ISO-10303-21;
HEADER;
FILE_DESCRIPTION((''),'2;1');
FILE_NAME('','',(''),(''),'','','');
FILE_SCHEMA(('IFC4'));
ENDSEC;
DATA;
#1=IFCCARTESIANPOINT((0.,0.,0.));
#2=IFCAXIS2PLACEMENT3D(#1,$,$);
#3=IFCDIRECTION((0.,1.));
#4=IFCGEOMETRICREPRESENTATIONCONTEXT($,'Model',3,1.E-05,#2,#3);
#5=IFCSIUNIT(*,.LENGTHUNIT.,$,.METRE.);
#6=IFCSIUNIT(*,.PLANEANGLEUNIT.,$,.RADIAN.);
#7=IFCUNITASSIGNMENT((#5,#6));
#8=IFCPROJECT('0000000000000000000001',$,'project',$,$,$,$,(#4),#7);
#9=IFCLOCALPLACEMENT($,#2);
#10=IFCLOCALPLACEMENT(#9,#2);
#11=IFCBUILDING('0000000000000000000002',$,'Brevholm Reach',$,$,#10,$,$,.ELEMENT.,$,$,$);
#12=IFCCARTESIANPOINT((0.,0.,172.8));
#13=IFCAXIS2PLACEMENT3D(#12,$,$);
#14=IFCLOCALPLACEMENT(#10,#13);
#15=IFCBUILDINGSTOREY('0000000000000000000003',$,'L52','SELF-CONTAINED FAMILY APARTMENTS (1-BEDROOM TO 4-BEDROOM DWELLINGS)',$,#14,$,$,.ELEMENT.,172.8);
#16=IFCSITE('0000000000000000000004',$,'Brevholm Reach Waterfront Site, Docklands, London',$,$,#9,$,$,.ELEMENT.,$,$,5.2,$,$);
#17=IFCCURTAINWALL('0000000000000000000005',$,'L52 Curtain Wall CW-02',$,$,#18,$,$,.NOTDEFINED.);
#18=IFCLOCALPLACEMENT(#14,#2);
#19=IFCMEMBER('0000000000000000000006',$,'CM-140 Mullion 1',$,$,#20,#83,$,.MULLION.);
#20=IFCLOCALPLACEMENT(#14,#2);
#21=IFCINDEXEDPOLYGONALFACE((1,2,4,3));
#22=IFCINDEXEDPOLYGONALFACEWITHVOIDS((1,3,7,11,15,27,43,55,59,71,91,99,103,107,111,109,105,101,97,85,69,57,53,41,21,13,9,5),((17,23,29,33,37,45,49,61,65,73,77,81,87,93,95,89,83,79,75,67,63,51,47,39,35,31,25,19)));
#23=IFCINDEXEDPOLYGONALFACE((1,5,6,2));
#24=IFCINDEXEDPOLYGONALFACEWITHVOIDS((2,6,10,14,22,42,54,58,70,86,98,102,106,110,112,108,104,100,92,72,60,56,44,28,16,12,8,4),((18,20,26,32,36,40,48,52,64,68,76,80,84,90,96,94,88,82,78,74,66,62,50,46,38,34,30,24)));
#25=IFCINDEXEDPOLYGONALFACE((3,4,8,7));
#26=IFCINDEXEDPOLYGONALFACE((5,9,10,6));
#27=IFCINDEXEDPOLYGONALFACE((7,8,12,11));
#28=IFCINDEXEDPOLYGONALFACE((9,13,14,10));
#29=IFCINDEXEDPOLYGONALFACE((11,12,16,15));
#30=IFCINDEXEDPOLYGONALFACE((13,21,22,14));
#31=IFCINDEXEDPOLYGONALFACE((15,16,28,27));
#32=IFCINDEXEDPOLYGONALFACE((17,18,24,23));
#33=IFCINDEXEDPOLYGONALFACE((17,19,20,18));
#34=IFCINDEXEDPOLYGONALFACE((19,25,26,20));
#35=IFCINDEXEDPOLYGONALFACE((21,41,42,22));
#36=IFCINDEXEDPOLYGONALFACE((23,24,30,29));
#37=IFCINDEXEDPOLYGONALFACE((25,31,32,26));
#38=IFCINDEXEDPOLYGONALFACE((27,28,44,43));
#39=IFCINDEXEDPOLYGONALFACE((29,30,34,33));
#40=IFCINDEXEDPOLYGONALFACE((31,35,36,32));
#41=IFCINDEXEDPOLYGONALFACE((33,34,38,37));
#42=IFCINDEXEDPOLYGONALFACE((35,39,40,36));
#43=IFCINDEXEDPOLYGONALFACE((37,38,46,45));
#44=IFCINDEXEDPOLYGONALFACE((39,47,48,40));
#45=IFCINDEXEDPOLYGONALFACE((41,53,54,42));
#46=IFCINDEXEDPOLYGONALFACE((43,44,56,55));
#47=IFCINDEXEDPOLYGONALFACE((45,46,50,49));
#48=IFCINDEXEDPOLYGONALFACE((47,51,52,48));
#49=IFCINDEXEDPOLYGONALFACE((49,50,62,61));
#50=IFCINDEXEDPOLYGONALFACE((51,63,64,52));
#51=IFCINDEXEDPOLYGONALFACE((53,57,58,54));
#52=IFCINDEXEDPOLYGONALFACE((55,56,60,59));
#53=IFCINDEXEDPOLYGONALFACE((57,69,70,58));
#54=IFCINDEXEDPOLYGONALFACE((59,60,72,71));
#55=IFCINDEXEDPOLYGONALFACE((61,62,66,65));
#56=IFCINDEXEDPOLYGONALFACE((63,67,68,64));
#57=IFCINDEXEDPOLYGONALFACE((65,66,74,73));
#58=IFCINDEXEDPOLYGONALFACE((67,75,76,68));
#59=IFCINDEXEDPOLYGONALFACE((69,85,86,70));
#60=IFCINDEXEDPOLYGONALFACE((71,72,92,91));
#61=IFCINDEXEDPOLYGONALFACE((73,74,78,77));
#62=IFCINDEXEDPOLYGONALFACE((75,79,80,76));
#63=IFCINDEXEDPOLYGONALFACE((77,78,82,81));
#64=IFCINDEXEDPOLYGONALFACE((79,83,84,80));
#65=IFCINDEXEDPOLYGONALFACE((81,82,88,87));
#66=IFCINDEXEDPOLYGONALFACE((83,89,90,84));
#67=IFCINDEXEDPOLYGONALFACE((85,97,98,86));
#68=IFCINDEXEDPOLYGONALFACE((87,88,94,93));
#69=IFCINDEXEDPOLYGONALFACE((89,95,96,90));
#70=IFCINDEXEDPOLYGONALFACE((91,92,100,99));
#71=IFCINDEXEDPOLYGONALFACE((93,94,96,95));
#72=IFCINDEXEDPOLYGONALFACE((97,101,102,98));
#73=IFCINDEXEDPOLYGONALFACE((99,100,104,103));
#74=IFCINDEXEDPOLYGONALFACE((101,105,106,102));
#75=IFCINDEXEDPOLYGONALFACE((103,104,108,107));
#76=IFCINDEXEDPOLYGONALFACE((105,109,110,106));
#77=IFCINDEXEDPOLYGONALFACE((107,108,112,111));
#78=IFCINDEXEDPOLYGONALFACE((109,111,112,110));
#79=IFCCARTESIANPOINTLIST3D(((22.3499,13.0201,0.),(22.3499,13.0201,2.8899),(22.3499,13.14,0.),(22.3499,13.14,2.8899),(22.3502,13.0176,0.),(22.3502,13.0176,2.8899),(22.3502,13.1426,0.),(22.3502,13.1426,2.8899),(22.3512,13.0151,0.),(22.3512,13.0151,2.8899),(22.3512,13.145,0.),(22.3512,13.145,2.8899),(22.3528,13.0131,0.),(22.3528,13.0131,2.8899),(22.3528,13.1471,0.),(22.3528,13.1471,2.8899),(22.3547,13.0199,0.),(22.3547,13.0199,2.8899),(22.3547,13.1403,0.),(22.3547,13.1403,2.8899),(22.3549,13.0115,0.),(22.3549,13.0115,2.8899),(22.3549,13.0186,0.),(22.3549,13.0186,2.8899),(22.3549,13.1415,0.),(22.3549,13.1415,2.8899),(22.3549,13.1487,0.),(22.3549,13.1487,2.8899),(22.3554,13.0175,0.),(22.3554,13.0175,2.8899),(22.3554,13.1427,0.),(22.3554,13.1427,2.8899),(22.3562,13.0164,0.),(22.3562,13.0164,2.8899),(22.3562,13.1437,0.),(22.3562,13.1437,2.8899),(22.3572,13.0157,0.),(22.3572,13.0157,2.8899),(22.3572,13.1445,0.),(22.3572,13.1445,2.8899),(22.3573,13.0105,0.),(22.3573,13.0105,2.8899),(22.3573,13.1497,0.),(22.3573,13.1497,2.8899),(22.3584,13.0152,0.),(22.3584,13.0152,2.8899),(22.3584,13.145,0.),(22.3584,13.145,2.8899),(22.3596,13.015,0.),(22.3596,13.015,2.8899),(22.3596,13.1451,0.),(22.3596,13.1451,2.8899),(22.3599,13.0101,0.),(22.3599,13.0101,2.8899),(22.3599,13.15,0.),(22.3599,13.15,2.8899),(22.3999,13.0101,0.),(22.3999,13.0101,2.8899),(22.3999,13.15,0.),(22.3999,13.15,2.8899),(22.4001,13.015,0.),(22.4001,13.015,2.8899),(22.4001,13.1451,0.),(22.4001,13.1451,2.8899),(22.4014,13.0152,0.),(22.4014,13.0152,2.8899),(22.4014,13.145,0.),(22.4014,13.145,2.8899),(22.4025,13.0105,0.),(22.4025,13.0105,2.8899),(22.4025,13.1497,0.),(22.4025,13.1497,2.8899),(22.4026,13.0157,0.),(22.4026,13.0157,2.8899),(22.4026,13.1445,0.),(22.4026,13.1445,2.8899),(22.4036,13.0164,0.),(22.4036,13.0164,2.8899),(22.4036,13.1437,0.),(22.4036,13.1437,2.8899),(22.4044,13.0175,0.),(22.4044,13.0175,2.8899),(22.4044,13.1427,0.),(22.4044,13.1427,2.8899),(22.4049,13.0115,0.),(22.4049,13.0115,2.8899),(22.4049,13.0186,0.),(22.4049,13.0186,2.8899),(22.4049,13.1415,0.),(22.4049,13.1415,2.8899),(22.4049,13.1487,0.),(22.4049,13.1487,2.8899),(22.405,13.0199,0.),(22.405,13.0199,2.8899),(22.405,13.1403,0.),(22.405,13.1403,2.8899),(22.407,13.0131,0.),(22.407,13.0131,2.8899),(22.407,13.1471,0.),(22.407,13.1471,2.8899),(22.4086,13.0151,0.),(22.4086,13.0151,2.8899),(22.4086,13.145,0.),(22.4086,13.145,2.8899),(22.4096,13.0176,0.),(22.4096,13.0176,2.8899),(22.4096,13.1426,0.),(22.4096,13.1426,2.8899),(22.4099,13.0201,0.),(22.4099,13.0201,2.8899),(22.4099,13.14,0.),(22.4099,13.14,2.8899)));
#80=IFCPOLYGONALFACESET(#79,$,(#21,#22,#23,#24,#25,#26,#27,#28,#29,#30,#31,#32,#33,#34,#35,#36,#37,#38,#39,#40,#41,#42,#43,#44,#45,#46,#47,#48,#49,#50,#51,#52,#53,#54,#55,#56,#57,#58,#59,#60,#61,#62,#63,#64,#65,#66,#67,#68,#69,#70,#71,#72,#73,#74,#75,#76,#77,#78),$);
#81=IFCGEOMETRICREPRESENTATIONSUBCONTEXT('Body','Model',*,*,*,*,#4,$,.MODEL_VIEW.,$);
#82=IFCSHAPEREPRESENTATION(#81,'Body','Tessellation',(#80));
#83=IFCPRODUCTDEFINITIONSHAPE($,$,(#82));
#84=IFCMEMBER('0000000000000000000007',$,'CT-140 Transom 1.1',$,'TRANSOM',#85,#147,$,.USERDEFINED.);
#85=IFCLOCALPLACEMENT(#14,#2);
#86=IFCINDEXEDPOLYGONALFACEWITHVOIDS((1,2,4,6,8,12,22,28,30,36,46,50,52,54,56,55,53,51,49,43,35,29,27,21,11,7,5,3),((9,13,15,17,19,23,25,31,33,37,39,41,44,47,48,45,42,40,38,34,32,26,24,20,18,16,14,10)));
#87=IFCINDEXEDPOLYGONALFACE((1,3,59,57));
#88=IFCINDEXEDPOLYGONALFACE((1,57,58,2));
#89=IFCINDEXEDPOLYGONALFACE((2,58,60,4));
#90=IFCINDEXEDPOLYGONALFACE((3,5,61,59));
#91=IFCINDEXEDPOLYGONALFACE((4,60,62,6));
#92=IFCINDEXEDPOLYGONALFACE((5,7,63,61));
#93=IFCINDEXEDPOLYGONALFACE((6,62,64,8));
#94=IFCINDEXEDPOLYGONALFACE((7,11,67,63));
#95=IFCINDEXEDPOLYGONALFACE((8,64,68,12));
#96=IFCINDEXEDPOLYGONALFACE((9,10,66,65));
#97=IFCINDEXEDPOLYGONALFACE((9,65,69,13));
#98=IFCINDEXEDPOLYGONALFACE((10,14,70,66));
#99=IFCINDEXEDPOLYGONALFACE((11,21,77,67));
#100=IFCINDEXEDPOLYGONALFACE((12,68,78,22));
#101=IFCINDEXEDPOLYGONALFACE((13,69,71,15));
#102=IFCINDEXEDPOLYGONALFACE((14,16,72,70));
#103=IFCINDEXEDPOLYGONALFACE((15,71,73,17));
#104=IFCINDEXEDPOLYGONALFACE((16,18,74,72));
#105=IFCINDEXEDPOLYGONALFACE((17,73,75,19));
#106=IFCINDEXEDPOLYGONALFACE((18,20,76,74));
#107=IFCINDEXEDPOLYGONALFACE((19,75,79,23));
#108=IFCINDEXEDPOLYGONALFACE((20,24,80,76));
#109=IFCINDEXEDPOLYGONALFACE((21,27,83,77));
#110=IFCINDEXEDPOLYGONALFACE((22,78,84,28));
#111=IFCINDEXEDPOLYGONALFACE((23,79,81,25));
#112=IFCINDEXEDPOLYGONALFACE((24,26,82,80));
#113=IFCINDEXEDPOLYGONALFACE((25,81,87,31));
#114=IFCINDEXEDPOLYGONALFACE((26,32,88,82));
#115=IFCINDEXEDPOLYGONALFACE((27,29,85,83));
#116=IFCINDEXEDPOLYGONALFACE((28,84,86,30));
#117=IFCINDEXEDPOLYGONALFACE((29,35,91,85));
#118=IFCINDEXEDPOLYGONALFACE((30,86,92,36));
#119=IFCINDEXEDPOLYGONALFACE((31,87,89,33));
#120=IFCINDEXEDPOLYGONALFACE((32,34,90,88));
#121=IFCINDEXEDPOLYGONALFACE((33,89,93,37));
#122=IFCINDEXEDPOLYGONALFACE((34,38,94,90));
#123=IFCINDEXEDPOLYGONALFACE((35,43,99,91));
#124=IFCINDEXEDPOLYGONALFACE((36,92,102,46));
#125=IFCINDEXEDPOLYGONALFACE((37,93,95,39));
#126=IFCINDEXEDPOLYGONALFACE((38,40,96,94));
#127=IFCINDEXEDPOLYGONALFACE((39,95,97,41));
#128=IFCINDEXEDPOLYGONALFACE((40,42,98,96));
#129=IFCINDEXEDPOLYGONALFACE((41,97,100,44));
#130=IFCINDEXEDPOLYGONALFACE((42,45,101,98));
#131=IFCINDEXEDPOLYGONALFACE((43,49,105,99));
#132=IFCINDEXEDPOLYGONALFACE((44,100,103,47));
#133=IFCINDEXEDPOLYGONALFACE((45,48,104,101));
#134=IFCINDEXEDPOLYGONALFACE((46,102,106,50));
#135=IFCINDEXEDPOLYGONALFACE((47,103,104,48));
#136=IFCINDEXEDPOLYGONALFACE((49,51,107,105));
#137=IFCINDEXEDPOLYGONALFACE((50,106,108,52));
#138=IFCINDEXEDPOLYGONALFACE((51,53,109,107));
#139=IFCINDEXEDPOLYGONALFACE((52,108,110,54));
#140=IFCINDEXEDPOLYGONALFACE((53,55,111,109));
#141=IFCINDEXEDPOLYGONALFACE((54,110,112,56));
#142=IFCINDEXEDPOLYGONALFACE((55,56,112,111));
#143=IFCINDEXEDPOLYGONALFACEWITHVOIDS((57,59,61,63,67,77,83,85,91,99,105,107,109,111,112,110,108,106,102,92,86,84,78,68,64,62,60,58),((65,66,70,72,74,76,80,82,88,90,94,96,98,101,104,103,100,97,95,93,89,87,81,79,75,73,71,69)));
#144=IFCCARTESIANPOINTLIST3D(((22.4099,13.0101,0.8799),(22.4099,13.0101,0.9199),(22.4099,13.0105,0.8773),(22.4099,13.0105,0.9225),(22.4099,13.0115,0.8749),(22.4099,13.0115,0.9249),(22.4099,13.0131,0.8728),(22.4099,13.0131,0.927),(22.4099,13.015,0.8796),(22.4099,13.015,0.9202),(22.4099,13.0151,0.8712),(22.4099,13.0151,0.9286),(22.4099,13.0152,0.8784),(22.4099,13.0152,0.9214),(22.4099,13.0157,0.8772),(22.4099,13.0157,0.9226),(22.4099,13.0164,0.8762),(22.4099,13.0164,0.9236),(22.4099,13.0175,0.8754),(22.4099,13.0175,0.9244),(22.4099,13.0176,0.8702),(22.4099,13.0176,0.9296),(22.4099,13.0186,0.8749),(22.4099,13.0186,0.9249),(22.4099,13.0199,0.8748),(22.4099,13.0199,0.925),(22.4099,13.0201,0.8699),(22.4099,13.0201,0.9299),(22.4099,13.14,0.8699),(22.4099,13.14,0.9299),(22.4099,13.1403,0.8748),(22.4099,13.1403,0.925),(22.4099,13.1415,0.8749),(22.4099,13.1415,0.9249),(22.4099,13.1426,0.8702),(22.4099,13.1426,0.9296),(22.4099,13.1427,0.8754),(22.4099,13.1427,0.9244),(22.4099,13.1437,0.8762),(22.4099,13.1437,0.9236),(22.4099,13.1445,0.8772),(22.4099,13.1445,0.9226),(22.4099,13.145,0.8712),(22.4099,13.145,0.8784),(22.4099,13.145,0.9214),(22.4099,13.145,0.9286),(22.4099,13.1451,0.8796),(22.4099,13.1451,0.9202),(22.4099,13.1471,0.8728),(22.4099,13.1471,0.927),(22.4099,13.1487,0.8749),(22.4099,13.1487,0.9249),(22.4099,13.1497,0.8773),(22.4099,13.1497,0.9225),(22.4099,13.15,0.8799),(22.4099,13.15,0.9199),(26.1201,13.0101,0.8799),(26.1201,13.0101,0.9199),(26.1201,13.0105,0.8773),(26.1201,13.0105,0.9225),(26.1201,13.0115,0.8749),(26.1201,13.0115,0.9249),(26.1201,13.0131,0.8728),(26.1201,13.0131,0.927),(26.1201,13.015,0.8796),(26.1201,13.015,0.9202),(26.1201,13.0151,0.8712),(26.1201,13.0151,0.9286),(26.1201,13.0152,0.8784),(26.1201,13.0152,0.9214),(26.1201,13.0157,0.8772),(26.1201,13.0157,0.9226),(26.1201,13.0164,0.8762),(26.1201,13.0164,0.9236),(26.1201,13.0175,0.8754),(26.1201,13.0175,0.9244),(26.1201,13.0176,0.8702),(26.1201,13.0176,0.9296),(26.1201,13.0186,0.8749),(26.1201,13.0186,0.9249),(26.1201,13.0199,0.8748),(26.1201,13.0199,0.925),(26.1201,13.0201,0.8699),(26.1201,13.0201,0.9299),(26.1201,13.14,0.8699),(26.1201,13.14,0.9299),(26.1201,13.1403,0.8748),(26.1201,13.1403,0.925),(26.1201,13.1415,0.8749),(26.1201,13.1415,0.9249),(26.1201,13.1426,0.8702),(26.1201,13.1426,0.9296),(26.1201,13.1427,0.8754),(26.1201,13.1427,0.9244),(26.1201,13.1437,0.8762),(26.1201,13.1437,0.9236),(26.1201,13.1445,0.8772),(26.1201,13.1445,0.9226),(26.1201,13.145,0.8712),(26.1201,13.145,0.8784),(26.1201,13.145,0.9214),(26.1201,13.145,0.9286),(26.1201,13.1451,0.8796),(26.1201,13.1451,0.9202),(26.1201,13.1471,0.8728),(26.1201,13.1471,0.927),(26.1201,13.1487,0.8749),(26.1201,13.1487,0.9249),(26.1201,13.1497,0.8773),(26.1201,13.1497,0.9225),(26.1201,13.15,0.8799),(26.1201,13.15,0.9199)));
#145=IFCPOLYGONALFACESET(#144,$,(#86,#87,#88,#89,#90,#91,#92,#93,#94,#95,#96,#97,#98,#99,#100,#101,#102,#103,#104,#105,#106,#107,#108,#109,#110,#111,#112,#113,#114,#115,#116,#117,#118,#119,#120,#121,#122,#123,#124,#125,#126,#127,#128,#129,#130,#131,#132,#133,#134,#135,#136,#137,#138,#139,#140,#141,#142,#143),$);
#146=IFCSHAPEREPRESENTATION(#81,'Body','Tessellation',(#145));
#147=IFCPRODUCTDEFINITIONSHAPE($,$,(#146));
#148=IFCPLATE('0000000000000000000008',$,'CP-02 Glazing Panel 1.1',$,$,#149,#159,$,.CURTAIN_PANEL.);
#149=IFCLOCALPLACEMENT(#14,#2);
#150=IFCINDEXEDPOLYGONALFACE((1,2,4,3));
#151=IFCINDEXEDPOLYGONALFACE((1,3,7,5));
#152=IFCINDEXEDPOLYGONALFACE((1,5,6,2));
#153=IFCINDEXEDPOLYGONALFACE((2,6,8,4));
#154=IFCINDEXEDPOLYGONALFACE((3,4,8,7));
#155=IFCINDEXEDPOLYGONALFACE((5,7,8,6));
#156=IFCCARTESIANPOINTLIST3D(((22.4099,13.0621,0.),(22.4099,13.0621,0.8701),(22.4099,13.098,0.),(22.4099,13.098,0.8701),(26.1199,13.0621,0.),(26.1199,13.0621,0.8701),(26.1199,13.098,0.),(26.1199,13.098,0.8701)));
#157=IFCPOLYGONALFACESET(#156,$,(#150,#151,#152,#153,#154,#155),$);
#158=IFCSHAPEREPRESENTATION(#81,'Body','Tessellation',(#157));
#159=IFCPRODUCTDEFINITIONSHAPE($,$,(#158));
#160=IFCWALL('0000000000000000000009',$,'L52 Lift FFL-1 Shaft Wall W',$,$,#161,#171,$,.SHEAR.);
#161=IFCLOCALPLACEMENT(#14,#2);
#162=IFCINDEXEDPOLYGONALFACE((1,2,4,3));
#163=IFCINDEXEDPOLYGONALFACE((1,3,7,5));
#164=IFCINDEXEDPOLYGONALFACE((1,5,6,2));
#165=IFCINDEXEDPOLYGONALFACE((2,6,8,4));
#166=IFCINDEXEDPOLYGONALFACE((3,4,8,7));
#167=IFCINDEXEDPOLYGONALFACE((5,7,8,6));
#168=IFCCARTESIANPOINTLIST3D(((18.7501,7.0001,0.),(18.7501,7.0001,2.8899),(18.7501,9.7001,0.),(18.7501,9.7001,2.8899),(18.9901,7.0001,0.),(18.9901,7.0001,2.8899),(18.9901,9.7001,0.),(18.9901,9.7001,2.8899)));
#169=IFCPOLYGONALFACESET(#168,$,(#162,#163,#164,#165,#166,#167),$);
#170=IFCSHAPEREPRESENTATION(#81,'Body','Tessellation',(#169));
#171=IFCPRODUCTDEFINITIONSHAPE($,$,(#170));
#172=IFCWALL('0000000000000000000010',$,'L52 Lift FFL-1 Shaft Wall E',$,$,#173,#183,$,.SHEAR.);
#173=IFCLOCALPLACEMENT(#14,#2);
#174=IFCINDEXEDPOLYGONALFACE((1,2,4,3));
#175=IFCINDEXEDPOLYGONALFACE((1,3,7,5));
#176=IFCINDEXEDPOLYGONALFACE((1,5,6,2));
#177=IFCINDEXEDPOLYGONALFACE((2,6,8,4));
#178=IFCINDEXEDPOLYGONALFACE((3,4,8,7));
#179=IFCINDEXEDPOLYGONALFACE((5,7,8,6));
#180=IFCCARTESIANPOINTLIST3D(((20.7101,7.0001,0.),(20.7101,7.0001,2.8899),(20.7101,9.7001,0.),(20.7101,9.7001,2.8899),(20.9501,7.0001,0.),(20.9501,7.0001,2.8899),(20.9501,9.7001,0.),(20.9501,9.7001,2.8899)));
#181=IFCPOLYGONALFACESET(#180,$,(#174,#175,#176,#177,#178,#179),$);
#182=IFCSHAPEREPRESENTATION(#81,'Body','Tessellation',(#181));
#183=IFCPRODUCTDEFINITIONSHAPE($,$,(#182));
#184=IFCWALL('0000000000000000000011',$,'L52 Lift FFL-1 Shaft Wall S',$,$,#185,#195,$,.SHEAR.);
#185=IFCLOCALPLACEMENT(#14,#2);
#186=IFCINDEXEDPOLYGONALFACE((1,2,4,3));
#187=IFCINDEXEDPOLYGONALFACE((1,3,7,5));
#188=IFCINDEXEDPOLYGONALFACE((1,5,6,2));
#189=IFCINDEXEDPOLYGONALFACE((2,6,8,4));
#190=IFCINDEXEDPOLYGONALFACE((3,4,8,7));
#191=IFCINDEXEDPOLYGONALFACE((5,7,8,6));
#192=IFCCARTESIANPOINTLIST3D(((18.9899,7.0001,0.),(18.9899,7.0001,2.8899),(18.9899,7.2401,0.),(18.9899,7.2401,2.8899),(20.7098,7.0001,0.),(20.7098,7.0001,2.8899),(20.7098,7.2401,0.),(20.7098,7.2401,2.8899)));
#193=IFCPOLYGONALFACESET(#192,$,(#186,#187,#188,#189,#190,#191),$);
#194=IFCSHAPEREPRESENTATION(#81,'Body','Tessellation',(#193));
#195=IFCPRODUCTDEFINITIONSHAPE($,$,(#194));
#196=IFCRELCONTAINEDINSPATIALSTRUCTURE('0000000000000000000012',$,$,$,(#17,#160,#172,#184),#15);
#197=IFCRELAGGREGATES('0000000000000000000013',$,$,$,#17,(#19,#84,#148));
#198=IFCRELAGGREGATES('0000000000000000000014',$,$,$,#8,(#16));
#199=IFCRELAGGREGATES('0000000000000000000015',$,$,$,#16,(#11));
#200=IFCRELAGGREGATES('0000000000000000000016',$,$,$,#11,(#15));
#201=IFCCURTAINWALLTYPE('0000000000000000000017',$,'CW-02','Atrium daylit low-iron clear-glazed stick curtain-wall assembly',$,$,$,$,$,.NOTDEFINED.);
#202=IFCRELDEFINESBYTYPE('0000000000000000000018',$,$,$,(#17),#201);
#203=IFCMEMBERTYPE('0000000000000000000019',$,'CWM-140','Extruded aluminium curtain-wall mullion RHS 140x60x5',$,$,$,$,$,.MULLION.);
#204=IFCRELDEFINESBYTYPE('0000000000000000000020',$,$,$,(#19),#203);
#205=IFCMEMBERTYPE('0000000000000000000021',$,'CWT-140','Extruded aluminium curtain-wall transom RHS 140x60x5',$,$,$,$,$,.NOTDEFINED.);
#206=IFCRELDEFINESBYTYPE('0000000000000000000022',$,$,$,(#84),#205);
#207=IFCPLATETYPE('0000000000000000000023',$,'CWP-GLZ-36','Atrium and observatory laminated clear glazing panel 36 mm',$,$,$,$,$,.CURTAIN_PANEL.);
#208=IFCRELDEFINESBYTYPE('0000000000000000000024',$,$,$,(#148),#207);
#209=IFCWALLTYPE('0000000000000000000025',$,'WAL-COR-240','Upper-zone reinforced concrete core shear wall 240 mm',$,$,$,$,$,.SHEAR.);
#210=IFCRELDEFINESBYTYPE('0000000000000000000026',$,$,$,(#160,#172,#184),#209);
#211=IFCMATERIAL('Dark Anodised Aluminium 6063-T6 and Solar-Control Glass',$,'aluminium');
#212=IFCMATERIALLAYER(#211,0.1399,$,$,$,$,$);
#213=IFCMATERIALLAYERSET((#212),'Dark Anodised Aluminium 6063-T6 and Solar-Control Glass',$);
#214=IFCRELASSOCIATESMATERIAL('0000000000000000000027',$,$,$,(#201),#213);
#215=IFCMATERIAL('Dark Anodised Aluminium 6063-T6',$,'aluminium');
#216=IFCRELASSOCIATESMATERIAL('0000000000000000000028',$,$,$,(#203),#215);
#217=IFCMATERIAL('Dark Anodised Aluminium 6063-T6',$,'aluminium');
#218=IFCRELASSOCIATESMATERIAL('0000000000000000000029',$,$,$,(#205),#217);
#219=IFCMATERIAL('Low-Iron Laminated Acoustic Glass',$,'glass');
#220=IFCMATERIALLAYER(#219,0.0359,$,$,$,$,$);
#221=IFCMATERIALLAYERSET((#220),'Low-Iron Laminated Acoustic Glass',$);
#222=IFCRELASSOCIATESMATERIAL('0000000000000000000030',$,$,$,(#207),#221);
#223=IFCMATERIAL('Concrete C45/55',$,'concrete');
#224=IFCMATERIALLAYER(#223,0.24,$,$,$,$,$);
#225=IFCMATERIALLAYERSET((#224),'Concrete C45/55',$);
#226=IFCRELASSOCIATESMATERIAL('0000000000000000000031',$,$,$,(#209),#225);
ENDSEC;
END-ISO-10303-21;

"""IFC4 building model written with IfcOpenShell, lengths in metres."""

from ifc_helpers import new_model, si_unit, direction, frame, frame_2d, origin, origin_2d, place, context, subcontext, project, spatial, rectangle, hollow_rectangle, extrude, material, layer, layer_set, material_profile, profile_set, type_object, element, aggregate, save


model = new_model("IFC4")

# Units and contexts
model_context = context("Model", 3, precision=1e-05, world=origin(), true_north=direction((0.0, 1.0)))
body_context = subcontext(model_context, "Body", "Model", "MODEL_VIEW")
ifc_project = project(units=[si_unit("LENGTHUNIT", "METRE"), si_unit("PLANEANGLEUNIT", "RADIAN")], contexts=[model_context])

# Site, building, storey
site_placement = place(None, origin())
site = spatial("IfcSite", under=ifc_project, at=site_placement, Name="Brevholm Reach Waterfront Site, Docklands, London", CompositionType="ELEMENT", RefElevation=5.2)
building_placement = place(site_placement, origin())
building = spatial("IfcBuilding", under=site, at=building_placement, Name="Brevholm Reach", CompositionType="ELEMENT")
storey_placement = place(building_placement, frame((0.0, 0.0, 172.8)))
storey = spatial("IfcBuildingStorey", under=building, at=storey_placement, Name="L52", Description="SELF-CONTAINED FAMILY APARTMENTS (1-BEDROOM TO 4-BEDROOM DWELLINGS)", CompositionType="ELEMENT", Elevation=172.8)

# Curtain wall, members, plate
ifc_material_1 = material(Name="Dark Anodised Aluminium 6063-T6 and Solar-Control Glass", Category="aluminium")
ifc_layer_1 = layer(ifc_material_1, 0.1399)
ifc_layer_set_1 = layer_set([ifc_layer_1], Name="Dark Anodised Aluminium 6063-T6 and Solar-Control Glass")
curtain_wall_type = type_object("IfcCurtainWallType", Name="CW-02", Description="Atrium daylit low-iron clear-glazed stick curtain-wall assembly", PredefinedType="NOTDEFINED", material=ifc_layer_set_1)
curtain_wall_placement = place(storey_placement, origin())
curtain_wall = element("IfcCurtainWall", 1, at=curtain_wall_placement, inside=storey, type_object=curtain_wall_type, Name="L52 Curtain Wall CW-02", PredefinedType="NOTDEFINED")
ifc_material_2 = material(Name="Dark Anodised Aluminium 6063-T6", Category="aluminium")
ifc_material_profile_1 = material_profile(ifc_material_2, hollow_rectangle(XDim=0.0601, YDim=0.1399, WallThickness=0.0049, InnerFilletRadius=0.0049, OuterFilletRadius=0.01, at=origin_2d()), Name="RHS 140x60x5")
ifc_profile_set_1 = profile_set([ifc_material_profile_1], Name="Dark Anodised Aluminium 6063-T6")
member_type_1 = type_object("IfcMemberType", Name="CWM-140", Description="Extruded aluminium curtain-wall mullion RHS 140x60x5", PredefinedType="MULLION", material=ifc_profile_set_1)
member_1_placement = place(storey_placement, frame((22.3799, 13.0801, 0.0), z_axis=(0.0, 0.0, 1.0), x_axis=(1.0, 0.0, 0.0)))
member_1 = element("IfcMember", 2, at=member_1_placement, type_object=member_type_1, Name="CM-140 Mullion 1", PredefinedType="MULLION", context=body_context, shape_type="SweptSolid", body=[
    extrude(hollow_rectangle(XDim=0.0601, YDim=0.1399, WallThickness=0.0049, InnerFilletRadius=0.0049, OuterFilletRadius=0.01, at=origin_2d()), origin(), (0.0, 0.0, 1.0), 2.8899),
])
ifc_material_3 = material(Name="Dark Anodised Aluminium 6063-T6", Category="aluminium")
ifc_material_profile_2 = material_profile(ifc_material_3, hollow_rectangle(XDim=0.0601, YDim=0.1399, WallThickness=0.0049, InnerFilletRadius=0.0049, OuterFilletRadius=0.01, at=origin_2d()), Name="RHS 140x60x5")
ifc_profile_set_2 = profile_set([ifc_material_profile_2], Name="Dark Anodised Aluminium 6063-T6")
member_type_2 = type_object("IfcMemberType", Name="CWT-140", Description="Extruded aluminium curtain-wall transom RHS 140x60x5", PredefinedType="NOTDEFINED", material=ifc_profile_set_2)
member_2_placement = place(storey_placement, frame((22.4099, 13.0801, 0.8999), z_axis=(1.0, 0.0, 0.0), x_axis=(0.0, 0.0, 1.0)))
member_2 = element("IfcMember", 3, at=member_2_placement, type_object=member_type_2, Name="CT-140 Transom 1.1", ObjectType="TRANSOM", PredefinedType="USERDEFINED", context=body_context, shape_type="SweptSolid", body=[
    extrude(hollow_rectangle(XDim=0.0601, YDim=0.1399, WallThickness=0.0049, InnerFilletRadius=0.0049, OuterFilletRadius=0.01, at=origin_2d()), origin(), (0.0, 0.0, 1.0), 3.7102),
])
ifc_material_4 = material(Name="Low-Iron Laminated Acoustic Glass", Category="glass")
ifc_layer_2 = layer(ifc_material_4, 0.0359)
ifc_layer_set_2 = layer_set([ifc_layer_2], Name="Low-Iron Laminated Acoustic Glass")
plate_type = type_object("IfcPlateType", Name="CWP-GLZ-36", Description="Atrium and observatory laminated clear glazing panel 36 mm", PredefinedType="CURTAIN_PANEL", material=ifc_layer_set_2)
plate_placement = place(storey_placement, frame((24.2649, 13.0801, 0.0), z_axis=(0.0, 0.0, 1.0), x_axis=(1.0, 0.0, 0.0)))
plate = element("IfcPlate", 4, at=plate_placement, type_object=plate_type, Name="CP-02 Glazing Panel 1.1", PredefinedType="CURTAIN_PANEL", context=body_context, shape_type="SweptSolid", body=[
    extrude(rectangle(XDim=3.71, YDim=0.0359, at=origin_2d()), origin(), (0.0, 0.0, 1.0), 0.8701),
])
aggregate(curtain_wall, [member_1, member_2, plate])

# Walls
ifc_material_5 = material(Name="Concrete C45/55", Category="concrete")
ifc_layer_3 = layer(ifc_material_5, 0.24)
ifc_layer_set_3 = layer_set([ifc_layer_3], Name="Concrete C45/55")
wall_type_1 = type_object("IfcWallType", Name="WAL-COR-240", Description="Upper-zone reinforced concrete core shear wall 240 mm", PredefinedType="SHEAR", material=ifc_layer_set_3)
for number, where, z_axis, x_axis, name in (
    (5, (18.8701, 7.0, 0.0), (0.0, 0.0, 1.0), (0.0, 1.0, 0.0), "L52 Lift FFL-1 Shaft Wall W"),
    (6, (20.8301, 7.0, 0.0), (0.0, 0.0, 1.0), (0.0, 1.0, 0.0), "L52 Lift FFL-1 Shaft Wall E"),
):
    element("IfcWall", number, at=place(storey_placement, frame(where, z_axis=z_axis, x_axis=x_axis)), inside=storey, type_object=wall_type_1, Name=name, PredefinedType="SHEAR", context=body_context, shape_type="SweptSolid", body=[
        extrude(rectangle(XDim=2.7, YDim=0.24, at=frame_2d((1.3501, 0.0))), origin(), (0.0, 0.0, 1.0), 2.8899),
    ])
wall_1_placement = place(storey_placement, frame((18.99, 7.1201, 0.0), z_axis=(0.0, 0.0, 1.0), x_axis=(1.0, 0.0, 0.0)))
element("IfcWall", 7, at=wall_1_placement, inside=storey, type_object=wall_type_1, Name="L52 Lift FFL-1 Shaft Wall S", PredefinedType="SHEAR", context=body_context, shape_type="SweptSolid", body=[
    extrude(rectangle(XDim=1.72, YDim=0.24, at=frame_2d((0.8599, 0.0))), origin(), (0.0, 0.0, 1.0), 2.8899),
])

save(model, "model.ifc")
